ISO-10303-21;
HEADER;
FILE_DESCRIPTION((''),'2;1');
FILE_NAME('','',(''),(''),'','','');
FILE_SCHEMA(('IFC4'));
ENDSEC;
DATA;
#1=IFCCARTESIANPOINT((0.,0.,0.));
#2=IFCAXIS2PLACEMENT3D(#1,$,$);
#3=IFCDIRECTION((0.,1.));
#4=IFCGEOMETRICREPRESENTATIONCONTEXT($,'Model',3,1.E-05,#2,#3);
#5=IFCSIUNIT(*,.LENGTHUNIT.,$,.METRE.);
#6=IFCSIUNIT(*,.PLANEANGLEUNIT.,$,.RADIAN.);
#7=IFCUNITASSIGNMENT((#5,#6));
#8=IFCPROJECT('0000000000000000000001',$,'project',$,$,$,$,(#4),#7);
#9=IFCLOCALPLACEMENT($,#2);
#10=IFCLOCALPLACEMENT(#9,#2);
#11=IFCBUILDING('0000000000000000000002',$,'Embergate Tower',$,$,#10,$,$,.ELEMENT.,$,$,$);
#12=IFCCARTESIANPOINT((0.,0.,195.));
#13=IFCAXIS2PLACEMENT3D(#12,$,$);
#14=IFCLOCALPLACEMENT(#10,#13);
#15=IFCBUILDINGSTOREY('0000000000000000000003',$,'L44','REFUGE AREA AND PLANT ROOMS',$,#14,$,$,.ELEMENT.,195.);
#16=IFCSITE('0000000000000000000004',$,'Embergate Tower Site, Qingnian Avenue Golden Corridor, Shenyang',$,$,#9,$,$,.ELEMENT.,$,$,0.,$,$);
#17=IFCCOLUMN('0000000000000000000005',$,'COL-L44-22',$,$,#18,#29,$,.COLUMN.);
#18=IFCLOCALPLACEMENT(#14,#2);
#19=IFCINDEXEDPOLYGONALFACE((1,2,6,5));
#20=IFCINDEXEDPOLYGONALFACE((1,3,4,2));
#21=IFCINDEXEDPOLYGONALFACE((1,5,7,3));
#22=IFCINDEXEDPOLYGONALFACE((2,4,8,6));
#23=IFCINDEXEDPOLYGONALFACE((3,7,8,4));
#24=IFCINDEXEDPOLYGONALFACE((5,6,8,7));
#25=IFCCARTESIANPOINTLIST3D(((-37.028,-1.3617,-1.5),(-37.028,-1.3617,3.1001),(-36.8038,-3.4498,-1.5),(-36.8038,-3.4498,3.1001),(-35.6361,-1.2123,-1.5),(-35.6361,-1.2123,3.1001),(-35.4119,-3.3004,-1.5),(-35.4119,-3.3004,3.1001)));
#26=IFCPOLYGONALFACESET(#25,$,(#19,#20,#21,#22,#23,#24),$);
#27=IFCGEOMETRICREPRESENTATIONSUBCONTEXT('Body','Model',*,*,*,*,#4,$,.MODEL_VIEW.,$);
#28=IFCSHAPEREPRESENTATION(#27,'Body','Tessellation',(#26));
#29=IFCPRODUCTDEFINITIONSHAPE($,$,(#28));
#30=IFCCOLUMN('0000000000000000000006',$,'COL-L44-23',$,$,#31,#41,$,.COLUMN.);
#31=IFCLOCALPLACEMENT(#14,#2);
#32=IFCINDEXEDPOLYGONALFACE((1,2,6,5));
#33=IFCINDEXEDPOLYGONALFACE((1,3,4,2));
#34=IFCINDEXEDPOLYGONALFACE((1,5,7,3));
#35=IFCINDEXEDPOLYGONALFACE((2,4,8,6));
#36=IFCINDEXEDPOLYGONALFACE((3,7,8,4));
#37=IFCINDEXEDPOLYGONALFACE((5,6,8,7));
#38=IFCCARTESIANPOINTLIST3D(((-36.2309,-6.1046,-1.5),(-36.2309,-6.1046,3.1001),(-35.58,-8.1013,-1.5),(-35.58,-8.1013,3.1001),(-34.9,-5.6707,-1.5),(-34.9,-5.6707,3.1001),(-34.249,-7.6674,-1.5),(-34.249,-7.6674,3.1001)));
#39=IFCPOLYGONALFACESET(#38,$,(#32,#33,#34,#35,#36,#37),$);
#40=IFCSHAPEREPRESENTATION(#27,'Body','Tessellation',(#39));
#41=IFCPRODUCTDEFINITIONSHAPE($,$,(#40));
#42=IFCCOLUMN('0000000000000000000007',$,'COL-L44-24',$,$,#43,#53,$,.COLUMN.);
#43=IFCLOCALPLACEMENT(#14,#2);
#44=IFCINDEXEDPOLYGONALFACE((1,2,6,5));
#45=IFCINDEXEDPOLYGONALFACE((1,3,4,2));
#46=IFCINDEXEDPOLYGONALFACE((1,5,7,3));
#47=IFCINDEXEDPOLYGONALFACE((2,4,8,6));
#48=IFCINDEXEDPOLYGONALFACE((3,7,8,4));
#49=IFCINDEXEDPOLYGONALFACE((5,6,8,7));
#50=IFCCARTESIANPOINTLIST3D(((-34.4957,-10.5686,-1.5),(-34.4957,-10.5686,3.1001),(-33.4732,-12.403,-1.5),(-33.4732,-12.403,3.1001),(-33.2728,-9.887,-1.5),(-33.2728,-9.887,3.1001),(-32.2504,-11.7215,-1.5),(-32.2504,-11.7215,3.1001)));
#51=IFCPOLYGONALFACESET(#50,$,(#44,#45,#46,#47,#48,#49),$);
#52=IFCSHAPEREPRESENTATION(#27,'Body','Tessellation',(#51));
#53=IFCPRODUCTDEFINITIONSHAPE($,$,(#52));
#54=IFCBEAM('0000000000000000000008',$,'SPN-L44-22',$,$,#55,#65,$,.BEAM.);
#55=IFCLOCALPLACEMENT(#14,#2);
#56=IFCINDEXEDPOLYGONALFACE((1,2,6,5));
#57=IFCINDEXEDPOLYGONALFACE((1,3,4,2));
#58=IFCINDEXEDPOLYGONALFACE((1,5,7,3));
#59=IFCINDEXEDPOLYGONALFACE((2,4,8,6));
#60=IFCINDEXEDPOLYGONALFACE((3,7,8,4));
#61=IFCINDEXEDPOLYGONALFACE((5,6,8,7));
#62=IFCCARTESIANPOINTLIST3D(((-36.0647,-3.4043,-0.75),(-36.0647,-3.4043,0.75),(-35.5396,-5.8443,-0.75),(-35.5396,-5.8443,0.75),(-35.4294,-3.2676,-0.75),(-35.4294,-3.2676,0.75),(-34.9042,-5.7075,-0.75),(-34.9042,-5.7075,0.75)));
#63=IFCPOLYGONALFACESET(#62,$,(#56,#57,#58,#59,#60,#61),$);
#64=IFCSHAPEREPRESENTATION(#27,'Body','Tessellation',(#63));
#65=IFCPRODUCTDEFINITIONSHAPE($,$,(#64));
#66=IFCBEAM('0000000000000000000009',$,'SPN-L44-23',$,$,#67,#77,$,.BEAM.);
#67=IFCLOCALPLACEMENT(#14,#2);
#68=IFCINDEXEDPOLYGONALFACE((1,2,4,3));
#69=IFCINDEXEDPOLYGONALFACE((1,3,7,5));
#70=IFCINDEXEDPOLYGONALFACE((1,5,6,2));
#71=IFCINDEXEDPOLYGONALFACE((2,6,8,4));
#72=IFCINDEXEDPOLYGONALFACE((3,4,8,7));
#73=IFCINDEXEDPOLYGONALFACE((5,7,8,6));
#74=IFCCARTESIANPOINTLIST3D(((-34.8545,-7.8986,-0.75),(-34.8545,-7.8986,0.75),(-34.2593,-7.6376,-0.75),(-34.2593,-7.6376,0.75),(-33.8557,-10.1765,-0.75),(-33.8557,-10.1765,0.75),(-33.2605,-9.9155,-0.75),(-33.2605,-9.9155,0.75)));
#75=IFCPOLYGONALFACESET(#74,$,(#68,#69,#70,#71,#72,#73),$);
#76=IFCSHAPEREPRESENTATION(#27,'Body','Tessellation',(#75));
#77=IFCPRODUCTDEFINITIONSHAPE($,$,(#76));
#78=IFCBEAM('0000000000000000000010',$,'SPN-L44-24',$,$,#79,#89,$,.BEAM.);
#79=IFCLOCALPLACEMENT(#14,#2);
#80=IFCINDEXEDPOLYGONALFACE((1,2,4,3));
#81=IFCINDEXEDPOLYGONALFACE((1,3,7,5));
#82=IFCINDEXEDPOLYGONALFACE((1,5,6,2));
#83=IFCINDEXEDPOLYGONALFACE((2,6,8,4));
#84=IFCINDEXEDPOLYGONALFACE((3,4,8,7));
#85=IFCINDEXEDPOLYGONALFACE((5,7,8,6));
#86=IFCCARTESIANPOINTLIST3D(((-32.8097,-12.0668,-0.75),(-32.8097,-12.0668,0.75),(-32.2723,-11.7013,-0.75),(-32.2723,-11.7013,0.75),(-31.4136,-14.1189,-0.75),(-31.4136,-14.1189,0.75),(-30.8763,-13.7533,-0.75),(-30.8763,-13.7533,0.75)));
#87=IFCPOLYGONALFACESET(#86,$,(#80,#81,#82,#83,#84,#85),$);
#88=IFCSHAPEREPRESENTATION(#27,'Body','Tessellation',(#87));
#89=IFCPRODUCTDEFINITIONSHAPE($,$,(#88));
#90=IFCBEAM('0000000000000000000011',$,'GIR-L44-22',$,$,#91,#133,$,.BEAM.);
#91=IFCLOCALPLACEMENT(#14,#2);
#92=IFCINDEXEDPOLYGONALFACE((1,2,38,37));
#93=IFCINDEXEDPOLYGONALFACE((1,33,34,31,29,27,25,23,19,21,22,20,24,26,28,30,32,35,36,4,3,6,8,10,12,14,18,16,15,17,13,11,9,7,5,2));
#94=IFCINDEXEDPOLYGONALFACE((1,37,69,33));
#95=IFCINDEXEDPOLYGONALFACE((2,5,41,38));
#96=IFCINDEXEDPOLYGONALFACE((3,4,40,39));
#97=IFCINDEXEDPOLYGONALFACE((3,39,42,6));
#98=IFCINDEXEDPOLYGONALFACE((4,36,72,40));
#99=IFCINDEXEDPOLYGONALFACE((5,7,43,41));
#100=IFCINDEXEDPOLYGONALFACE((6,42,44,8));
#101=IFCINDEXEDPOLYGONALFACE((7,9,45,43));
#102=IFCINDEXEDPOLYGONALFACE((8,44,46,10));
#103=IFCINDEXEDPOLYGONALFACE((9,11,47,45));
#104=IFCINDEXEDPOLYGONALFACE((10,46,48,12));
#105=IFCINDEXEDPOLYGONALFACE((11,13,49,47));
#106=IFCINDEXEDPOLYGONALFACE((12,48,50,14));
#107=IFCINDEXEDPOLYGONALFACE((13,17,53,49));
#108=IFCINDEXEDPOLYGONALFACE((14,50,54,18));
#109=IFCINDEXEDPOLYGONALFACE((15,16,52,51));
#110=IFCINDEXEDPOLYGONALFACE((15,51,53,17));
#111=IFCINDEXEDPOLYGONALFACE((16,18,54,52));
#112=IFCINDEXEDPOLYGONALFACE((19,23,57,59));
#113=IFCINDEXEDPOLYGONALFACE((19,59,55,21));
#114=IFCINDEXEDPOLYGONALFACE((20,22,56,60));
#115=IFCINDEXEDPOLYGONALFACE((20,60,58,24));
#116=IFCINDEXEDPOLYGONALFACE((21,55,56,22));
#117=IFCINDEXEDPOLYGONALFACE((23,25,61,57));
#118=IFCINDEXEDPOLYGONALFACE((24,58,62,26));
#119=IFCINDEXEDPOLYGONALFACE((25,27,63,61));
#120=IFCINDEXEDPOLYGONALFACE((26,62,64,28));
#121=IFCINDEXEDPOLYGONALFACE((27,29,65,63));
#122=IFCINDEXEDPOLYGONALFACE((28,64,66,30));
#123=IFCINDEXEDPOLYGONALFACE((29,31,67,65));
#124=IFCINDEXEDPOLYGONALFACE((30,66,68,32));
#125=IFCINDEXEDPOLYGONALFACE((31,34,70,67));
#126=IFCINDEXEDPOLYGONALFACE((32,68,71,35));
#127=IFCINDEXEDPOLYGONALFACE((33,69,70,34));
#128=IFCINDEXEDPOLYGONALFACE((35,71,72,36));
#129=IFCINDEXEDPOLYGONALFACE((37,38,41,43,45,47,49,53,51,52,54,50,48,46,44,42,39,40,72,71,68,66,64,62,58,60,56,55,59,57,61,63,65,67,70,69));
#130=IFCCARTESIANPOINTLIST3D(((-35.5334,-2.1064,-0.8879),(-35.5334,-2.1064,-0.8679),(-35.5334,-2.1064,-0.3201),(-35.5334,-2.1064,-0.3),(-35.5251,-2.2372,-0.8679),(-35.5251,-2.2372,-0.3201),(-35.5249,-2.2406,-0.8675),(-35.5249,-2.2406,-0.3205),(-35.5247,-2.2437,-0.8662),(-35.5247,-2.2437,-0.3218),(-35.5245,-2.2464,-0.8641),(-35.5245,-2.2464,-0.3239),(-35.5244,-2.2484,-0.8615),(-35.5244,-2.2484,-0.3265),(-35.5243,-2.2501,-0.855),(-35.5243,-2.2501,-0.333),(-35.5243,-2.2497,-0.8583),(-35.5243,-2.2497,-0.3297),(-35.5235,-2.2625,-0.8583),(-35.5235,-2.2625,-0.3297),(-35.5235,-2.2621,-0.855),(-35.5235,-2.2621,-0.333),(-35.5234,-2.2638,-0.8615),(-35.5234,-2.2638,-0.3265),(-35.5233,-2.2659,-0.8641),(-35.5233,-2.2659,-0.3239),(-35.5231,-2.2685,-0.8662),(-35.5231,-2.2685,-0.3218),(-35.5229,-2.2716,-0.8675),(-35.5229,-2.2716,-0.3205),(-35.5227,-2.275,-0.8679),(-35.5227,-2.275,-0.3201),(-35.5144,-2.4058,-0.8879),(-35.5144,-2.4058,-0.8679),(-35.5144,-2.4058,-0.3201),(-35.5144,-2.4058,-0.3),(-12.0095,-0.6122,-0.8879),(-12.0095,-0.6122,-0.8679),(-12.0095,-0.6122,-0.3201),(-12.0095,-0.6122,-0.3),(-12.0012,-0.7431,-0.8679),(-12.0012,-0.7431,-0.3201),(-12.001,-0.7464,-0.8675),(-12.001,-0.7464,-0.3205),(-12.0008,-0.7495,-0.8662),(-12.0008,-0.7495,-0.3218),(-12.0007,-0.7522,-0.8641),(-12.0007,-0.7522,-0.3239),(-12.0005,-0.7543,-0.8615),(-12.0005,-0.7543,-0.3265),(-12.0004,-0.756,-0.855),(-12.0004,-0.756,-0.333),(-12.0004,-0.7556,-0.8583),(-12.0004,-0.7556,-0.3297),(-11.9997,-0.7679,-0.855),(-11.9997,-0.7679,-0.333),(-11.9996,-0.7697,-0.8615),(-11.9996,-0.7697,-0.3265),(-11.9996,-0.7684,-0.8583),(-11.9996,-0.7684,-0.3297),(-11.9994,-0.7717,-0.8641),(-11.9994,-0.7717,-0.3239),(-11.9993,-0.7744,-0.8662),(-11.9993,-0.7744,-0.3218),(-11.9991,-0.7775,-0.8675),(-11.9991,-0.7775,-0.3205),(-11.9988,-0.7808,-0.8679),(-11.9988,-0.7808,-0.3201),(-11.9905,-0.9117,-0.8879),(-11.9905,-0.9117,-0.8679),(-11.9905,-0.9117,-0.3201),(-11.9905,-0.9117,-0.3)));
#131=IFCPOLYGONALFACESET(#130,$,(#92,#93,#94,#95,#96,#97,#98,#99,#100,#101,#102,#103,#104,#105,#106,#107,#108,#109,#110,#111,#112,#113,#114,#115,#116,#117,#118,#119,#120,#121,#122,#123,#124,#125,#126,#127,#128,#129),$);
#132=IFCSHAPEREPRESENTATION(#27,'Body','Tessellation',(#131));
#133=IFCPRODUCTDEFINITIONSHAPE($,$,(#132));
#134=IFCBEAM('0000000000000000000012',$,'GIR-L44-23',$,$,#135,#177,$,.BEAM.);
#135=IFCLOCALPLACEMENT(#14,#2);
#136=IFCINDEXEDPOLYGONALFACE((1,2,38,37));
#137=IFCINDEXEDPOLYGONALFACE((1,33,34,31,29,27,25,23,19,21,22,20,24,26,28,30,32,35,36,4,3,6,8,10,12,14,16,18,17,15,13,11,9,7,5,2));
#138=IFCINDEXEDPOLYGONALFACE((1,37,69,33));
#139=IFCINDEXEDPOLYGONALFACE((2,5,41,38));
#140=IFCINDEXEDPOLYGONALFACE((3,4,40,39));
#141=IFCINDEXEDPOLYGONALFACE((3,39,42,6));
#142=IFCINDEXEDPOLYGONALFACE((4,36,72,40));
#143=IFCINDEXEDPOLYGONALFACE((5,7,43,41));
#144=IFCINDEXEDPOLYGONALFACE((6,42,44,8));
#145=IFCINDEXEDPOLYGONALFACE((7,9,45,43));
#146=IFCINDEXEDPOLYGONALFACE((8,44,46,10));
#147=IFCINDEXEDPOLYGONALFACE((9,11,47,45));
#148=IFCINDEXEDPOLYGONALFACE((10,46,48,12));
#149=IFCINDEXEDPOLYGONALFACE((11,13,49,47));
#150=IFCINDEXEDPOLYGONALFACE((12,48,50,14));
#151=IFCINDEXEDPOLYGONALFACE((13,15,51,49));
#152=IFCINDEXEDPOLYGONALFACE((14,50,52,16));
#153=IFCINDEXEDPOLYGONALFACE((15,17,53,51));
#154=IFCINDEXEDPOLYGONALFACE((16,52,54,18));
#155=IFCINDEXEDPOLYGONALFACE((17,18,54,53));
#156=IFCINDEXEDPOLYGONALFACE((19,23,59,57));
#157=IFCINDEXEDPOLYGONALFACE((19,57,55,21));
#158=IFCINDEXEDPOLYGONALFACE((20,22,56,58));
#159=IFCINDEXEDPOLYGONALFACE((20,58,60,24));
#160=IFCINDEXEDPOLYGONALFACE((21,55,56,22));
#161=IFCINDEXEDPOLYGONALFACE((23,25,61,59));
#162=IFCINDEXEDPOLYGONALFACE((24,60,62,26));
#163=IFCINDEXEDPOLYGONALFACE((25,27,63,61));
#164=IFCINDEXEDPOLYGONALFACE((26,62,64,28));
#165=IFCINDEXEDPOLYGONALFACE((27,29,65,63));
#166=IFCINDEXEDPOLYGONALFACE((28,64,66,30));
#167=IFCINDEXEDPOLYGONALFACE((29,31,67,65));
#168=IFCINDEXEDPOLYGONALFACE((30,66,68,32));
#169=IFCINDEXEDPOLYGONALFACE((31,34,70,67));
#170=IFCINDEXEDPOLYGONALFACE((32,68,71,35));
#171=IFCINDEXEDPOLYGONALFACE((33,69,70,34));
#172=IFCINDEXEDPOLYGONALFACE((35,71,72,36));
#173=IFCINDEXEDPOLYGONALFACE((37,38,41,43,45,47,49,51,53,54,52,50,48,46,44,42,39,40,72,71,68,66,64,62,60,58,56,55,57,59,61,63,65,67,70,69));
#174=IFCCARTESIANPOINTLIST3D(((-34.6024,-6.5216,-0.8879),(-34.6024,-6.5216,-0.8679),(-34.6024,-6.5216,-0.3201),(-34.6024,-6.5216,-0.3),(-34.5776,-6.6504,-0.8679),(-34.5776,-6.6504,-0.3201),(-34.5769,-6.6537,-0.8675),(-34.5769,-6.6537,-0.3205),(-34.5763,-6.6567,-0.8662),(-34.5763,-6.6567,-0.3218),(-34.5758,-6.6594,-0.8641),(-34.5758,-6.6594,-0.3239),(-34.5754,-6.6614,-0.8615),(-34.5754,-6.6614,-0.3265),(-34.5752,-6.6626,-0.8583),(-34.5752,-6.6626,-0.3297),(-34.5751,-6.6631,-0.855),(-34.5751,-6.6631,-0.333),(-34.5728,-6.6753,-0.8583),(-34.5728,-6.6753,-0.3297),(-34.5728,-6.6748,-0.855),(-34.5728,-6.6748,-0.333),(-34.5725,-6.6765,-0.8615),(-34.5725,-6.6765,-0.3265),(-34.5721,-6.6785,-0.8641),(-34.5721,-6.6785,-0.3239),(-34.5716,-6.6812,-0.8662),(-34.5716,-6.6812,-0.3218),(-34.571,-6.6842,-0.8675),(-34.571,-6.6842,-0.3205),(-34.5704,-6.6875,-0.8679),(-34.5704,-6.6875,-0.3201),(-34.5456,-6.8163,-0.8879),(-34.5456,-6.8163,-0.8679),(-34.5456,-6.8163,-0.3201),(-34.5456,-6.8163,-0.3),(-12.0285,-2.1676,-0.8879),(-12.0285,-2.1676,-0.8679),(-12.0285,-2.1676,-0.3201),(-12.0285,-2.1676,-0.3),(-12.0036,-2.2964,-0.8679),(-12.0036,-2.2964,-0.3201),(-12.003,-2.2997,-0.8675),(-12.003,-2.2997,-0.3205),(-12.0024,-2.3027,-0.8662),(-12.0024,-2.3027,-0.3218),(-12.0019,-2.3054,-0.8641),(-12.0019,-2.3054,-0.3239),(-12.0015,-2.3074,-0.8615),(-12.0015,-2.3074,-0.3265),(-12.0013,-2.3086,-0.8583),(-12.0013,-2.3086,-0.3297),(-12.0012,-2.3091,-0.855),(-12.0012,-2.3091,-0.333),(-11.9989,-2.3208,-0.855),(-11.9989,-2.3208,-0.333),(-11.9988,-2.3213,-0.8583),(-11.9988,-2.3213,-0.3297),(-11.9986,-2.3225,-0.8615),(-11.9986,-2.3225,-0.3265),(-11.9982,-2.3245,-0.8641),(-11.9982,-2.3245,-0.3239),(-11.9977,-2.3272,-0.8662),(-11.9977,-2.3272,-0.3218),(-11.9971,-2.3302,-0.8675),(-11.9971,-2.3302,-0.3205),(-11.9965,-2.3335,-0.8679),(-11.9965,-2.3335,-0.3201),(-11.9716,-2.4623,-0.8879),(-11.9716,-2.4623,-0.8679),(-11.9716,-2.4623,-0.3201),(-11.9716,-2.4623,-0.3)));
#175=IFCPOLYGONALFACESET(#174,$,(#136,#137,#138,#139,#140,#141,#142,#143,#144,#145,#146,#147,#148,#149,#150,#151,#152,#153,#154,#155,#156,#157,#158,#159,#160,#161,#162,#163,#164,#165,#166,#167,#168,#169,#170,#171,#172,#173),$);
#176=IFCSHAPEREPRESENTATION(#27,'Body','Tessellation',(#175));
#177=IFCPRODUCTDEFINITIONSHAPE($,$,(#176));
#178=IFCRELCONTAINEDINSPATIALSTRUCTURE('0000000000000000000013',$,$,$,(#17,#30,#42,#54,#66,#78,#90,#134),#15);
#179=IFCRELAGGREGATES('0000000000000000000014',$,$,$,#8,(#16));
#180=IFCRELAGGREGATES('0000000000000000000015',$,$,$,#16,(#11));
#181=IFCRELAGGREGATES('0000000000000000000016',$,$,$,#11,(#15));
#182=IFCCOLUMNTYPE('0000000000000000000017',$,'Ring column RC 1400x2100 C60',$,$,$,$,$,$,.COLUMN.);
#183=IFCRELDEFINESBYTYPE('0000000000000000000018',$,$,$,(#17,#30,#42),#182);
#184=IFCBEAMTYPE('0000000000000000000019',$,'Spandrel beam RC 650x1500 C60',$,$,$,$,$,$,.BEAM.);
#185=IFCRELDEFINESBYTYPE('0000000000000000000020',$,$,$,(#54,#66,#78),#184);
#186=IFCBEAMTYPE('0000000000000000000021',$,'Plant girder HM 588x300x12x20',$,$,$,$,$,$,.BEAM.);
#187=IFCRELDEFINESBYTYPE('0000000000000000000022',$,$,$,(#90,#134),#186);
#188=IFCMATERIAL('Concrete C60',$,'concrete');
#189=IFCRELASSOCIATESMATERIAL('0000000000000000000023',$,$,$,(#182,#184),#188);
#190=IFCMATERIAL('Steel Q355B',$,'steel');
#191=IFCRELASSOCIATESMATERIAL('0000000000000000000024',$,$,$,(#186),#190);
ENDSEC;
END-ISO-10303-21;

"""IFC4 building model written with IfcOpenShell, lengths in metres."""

from ifc_helpers import new_model, si_unit, direction, frame, origin, origin_2d, place, context, subcontext, project, spatial, rectangle, i_section, extrude, source, transform, mapped, material, material_profile, profile_set, type_object, element, save


model = new_model("IFC4")

# Units and contexts
model_context = context("Model", 3, precision=1e-05, world=origin(), true_north=direction((0.0, 1.0)))
body_context = subcontext(model_context, "Body", "Model", "MODEL_VIEW")
ifc_project = project(units=[si_unit("LENGTHUNIT", "METRE"), si_unit("PLANEANGLEUNIT", "RADIAN")], contexts=[model_context])

# Site, building, storey
site_placement = place(None, origin())
site = spatial("IfcSite", under=ifc_project, at=site_placement, Name="Embergate Tower Site, Qingnian Avenue Golden Corridor, Shenyang", CompositionType="ELEMENT", RefElevation=0.0)
building_placement = place(site_placement, origin())
building = spatial("IfcBuilding", under=site, at=building_placement, Name="Embergate Tower", CompositionType="ELEMENT")
storey_placement = place(building_placement, frame((0.0, 0.0, 195.0)))
storey = spatial("IfcBuildingStorey", under=building, at=storey_placement, Name="L44", Description="REFUGE AREA AND PLANT ROOMS", CompositionType="ELEMENT", Elevation=195.0)

# Columns
ifc_material_1 = material(Name="Concrete C60", Category="concrete")
ifc_material_profile_1 = material_profile(ifc_material_1, rectangle(XDim=1.3999, YDim=2.1001, at=origin_2d()), Name="RC 1400x2100")
ifc_profile_set_1 = profile_set([ifc_material_profile_1], Name="Concrete C60")
column_type = type_object("IfcColumnType", Name="Ring column RC 1400x2100 C60", PredefinedType="COLUMN", material=ifc_profile_set_1)
shared_shape_1 = source(origin(), body_context, "Body", "SweptSolid", [
    extrude(rectangle(XDim=1.3999, YDim=2.1001, at=origin_2d()), origin(), (0.0, 0.0, 1.0), 4.6001),
])
for number, where, z_axis, x_axis, name in (
    (1, (-36.22, -2.3311, -1.5), (0.0, 0.0, 1.0), (-0.994286, -0.10675, 0.0), "COL-L44-22"),
    (2, (-35.24, -6.886, -1.5), (0.0, 0.0, 1.0), (-0.950754, -0.309946, 0.0), "COL-L44-23"),
    (3, (-33.373, -11.145, -1.5), (0.0, 0.0, 1.0), (-0.873492, -0.486839, 0.0), "COL-L44-24"),
):
    element("IfcColumn", number, at=place(storey_placement, frame(where, z_axis=z_axis, x_axis=x_axis)), inside=storey, type_object=column_type, Name=name, PredefinedType="COLUMN", context=body_context, shape_type="MappedRepresentation", body=[
        mapped(shared_shape_1, transform((0.0, 0.0, 0.0))),
    ])

# Beams
ifc_material_profile_2 = material_profile(ifc_material_1, rectangle(XDim=0.6499, YDim=1.5, at=origin_2d()), Name="RC 650x1500")
ifc_profile_set_2 = profile_set([ifc_material_profile_2], Name="Concrete C60")
beam_type_1 = type_object("IfcBeamType", Name="Spandrel beam RC 650x1500 C60", PredefinedType="BEAM", material=ifc_profile_set_2)
shared_shape_2 = source(origin(), body_context, "Body", "SweptSolid", [
    extrude(rectangle(XDim=0.6499, YDim=1.5, at=origin_2d()), origin(), (0.0, 0.0, 1.0), 2.4958),
])
beam_1_placement = place(storey_placement, frame((-35.7471, -3.3359, 0.0), z_axis=(0.210411, -0.977613, 0.0), x_axis=(0.977613, 0.210411, 0.0)))
element("IfcBeam", 4, at=beam_1_placement, inside=storey, type_object=beam_type_1, Name="SPN-L44-22", PredefinedType="BEAM", context=body_context, shape_type="MappedRepresentation", body=[
    mapped(shared_shape_2, transform((0.0, 0.0, 0.0))),
])
shared_shape_3 = source(origin(), body_context, "Body", "SweptSolid", [
    extrude(rectangle(XDim=0.6499, YDim=1.5, at=origin_2d()), origin(), (0.0, 0.0, 1.0), 2.4873),
])
beam_2_placement = place(storey_placement, frame((-34.5569, -7.7681, 0.0), z_axis=(0.401571, -0.915828, 0.0), x_axis=(0.915828, 0.401571, 0.0)))
element("IfcBeam", 5, at=beam_2_placement, inside=storey, type_object=beam_type_1, Name="SPN-L44-23", PredefinedType="BEAM", context=body_context, shape_type="MappedRepresentation", body=[
    mapped(shared_shape_3, transform((0.0, 0.0, 0.0))),
])
shared_shape_4 = source(origin(), body_context, "Body", "SweptSolid", [
    extrude(rectangle(XDim=0.6499, YDim=1.5, at=origin_2d()), origin(), (0.0, 0.0, 1.0), 2.4819),
])
beam_3_placement = place(storey_placement, frame((-32.541, -11.884, 0.0), z_axis=(0.562485, -0.826808, 0.0), x_axis=(0.826808, 0.562485, 0.0)))
element("IfcBeam", 6, at=beam_3_placement, inside=storey, type_object=beam_type_1, Name="SPN-L44-24", PredefinedType="BEAM", context=body_context, shape_type="MappedRepresentation", body=[
    mapped(shared_shape_4, transform((0.0, 0.0, 0.0))),
])
ifc_material_2 = material(Name="Steel Q355B", Category="steel")
ifc_material_profile_3 = material_profile(ifc_material_2, i_section(OverallWidth=0.3, OverallDepth=0.5879, WebThickness=0.012, FlangeThickness=0.02, FilletRadius=0.0129, at=origin_2d()), Name="HM 588x300x12x20")
ifc_profile_set_3 = profile_set([ifc_material_profile_3], Name="Steel Q355 grade B")
beam_type_2 = type_object("IfcBeamType", Name="Plant girder HM 588x300x12x20", PredefinedType="BEAM", material=ifc_profile_set_3)
shared_shape_5 = source(origin(), body_context, "Body", "SweptSolid", [
    extrude(i_section(OverallWidth=0.3, OverallDepth=0.5879, WebThickness=0.012, FlangeThickness=0.02, FilletRadius=0.0129, at=origin_2d()), origin(), (0.0, 0.0, 1.0), 23.5713),
])
beam_4_placement = place(storey_placement, frame((-35.5239, -2.2561, -0.594), z_axis=(0.997989, 0.063388, 0.0), x_axis=(-0.063388, 0.997989, 0.0)))
element("IfcBeam", 7, at=beam_4_placement, inside=storey, type_object=beam_type_2, Name="GIR-L44-22", PredefinedType="BEAM", context=body_context, shape_type="MappedRepresentation", body=[
    mapped(shared_shape_5, transform((0.0, 0.0, 0.0))),
])
shared_shape_6 = source(origin(), body_context, "Body", "SweptSolid", [
    extrude(i_section(OverallWidth=0.3, OverallDepth=0.5879, WebThickness=0.012, FlangeThickness=0.02, FilletRadius=0.0129, at=origin_2d()), origin(), (0.0, 0.0, 1.0), 22.99),
])
beam_5_placement = place(storey_placement, frame((-34.574, -6.6689, -0.594), z_axis=(0.981903, 0.189387, 0.0), x_axis=(-0.189387, 0.981903, 0.0)))
element("IfcBeam", 8, at=beam_5_placement, inside=storey, type_object=beam_type_2, Name="GIR-L44-23", PredefinedType="BEAM", context=body_context, shape_type="MappedRepresentation", body=[
    mapped(shared_shape_6, transform((0.0, 0.0, 0.0))),
])

save(model, "model.ifc")
